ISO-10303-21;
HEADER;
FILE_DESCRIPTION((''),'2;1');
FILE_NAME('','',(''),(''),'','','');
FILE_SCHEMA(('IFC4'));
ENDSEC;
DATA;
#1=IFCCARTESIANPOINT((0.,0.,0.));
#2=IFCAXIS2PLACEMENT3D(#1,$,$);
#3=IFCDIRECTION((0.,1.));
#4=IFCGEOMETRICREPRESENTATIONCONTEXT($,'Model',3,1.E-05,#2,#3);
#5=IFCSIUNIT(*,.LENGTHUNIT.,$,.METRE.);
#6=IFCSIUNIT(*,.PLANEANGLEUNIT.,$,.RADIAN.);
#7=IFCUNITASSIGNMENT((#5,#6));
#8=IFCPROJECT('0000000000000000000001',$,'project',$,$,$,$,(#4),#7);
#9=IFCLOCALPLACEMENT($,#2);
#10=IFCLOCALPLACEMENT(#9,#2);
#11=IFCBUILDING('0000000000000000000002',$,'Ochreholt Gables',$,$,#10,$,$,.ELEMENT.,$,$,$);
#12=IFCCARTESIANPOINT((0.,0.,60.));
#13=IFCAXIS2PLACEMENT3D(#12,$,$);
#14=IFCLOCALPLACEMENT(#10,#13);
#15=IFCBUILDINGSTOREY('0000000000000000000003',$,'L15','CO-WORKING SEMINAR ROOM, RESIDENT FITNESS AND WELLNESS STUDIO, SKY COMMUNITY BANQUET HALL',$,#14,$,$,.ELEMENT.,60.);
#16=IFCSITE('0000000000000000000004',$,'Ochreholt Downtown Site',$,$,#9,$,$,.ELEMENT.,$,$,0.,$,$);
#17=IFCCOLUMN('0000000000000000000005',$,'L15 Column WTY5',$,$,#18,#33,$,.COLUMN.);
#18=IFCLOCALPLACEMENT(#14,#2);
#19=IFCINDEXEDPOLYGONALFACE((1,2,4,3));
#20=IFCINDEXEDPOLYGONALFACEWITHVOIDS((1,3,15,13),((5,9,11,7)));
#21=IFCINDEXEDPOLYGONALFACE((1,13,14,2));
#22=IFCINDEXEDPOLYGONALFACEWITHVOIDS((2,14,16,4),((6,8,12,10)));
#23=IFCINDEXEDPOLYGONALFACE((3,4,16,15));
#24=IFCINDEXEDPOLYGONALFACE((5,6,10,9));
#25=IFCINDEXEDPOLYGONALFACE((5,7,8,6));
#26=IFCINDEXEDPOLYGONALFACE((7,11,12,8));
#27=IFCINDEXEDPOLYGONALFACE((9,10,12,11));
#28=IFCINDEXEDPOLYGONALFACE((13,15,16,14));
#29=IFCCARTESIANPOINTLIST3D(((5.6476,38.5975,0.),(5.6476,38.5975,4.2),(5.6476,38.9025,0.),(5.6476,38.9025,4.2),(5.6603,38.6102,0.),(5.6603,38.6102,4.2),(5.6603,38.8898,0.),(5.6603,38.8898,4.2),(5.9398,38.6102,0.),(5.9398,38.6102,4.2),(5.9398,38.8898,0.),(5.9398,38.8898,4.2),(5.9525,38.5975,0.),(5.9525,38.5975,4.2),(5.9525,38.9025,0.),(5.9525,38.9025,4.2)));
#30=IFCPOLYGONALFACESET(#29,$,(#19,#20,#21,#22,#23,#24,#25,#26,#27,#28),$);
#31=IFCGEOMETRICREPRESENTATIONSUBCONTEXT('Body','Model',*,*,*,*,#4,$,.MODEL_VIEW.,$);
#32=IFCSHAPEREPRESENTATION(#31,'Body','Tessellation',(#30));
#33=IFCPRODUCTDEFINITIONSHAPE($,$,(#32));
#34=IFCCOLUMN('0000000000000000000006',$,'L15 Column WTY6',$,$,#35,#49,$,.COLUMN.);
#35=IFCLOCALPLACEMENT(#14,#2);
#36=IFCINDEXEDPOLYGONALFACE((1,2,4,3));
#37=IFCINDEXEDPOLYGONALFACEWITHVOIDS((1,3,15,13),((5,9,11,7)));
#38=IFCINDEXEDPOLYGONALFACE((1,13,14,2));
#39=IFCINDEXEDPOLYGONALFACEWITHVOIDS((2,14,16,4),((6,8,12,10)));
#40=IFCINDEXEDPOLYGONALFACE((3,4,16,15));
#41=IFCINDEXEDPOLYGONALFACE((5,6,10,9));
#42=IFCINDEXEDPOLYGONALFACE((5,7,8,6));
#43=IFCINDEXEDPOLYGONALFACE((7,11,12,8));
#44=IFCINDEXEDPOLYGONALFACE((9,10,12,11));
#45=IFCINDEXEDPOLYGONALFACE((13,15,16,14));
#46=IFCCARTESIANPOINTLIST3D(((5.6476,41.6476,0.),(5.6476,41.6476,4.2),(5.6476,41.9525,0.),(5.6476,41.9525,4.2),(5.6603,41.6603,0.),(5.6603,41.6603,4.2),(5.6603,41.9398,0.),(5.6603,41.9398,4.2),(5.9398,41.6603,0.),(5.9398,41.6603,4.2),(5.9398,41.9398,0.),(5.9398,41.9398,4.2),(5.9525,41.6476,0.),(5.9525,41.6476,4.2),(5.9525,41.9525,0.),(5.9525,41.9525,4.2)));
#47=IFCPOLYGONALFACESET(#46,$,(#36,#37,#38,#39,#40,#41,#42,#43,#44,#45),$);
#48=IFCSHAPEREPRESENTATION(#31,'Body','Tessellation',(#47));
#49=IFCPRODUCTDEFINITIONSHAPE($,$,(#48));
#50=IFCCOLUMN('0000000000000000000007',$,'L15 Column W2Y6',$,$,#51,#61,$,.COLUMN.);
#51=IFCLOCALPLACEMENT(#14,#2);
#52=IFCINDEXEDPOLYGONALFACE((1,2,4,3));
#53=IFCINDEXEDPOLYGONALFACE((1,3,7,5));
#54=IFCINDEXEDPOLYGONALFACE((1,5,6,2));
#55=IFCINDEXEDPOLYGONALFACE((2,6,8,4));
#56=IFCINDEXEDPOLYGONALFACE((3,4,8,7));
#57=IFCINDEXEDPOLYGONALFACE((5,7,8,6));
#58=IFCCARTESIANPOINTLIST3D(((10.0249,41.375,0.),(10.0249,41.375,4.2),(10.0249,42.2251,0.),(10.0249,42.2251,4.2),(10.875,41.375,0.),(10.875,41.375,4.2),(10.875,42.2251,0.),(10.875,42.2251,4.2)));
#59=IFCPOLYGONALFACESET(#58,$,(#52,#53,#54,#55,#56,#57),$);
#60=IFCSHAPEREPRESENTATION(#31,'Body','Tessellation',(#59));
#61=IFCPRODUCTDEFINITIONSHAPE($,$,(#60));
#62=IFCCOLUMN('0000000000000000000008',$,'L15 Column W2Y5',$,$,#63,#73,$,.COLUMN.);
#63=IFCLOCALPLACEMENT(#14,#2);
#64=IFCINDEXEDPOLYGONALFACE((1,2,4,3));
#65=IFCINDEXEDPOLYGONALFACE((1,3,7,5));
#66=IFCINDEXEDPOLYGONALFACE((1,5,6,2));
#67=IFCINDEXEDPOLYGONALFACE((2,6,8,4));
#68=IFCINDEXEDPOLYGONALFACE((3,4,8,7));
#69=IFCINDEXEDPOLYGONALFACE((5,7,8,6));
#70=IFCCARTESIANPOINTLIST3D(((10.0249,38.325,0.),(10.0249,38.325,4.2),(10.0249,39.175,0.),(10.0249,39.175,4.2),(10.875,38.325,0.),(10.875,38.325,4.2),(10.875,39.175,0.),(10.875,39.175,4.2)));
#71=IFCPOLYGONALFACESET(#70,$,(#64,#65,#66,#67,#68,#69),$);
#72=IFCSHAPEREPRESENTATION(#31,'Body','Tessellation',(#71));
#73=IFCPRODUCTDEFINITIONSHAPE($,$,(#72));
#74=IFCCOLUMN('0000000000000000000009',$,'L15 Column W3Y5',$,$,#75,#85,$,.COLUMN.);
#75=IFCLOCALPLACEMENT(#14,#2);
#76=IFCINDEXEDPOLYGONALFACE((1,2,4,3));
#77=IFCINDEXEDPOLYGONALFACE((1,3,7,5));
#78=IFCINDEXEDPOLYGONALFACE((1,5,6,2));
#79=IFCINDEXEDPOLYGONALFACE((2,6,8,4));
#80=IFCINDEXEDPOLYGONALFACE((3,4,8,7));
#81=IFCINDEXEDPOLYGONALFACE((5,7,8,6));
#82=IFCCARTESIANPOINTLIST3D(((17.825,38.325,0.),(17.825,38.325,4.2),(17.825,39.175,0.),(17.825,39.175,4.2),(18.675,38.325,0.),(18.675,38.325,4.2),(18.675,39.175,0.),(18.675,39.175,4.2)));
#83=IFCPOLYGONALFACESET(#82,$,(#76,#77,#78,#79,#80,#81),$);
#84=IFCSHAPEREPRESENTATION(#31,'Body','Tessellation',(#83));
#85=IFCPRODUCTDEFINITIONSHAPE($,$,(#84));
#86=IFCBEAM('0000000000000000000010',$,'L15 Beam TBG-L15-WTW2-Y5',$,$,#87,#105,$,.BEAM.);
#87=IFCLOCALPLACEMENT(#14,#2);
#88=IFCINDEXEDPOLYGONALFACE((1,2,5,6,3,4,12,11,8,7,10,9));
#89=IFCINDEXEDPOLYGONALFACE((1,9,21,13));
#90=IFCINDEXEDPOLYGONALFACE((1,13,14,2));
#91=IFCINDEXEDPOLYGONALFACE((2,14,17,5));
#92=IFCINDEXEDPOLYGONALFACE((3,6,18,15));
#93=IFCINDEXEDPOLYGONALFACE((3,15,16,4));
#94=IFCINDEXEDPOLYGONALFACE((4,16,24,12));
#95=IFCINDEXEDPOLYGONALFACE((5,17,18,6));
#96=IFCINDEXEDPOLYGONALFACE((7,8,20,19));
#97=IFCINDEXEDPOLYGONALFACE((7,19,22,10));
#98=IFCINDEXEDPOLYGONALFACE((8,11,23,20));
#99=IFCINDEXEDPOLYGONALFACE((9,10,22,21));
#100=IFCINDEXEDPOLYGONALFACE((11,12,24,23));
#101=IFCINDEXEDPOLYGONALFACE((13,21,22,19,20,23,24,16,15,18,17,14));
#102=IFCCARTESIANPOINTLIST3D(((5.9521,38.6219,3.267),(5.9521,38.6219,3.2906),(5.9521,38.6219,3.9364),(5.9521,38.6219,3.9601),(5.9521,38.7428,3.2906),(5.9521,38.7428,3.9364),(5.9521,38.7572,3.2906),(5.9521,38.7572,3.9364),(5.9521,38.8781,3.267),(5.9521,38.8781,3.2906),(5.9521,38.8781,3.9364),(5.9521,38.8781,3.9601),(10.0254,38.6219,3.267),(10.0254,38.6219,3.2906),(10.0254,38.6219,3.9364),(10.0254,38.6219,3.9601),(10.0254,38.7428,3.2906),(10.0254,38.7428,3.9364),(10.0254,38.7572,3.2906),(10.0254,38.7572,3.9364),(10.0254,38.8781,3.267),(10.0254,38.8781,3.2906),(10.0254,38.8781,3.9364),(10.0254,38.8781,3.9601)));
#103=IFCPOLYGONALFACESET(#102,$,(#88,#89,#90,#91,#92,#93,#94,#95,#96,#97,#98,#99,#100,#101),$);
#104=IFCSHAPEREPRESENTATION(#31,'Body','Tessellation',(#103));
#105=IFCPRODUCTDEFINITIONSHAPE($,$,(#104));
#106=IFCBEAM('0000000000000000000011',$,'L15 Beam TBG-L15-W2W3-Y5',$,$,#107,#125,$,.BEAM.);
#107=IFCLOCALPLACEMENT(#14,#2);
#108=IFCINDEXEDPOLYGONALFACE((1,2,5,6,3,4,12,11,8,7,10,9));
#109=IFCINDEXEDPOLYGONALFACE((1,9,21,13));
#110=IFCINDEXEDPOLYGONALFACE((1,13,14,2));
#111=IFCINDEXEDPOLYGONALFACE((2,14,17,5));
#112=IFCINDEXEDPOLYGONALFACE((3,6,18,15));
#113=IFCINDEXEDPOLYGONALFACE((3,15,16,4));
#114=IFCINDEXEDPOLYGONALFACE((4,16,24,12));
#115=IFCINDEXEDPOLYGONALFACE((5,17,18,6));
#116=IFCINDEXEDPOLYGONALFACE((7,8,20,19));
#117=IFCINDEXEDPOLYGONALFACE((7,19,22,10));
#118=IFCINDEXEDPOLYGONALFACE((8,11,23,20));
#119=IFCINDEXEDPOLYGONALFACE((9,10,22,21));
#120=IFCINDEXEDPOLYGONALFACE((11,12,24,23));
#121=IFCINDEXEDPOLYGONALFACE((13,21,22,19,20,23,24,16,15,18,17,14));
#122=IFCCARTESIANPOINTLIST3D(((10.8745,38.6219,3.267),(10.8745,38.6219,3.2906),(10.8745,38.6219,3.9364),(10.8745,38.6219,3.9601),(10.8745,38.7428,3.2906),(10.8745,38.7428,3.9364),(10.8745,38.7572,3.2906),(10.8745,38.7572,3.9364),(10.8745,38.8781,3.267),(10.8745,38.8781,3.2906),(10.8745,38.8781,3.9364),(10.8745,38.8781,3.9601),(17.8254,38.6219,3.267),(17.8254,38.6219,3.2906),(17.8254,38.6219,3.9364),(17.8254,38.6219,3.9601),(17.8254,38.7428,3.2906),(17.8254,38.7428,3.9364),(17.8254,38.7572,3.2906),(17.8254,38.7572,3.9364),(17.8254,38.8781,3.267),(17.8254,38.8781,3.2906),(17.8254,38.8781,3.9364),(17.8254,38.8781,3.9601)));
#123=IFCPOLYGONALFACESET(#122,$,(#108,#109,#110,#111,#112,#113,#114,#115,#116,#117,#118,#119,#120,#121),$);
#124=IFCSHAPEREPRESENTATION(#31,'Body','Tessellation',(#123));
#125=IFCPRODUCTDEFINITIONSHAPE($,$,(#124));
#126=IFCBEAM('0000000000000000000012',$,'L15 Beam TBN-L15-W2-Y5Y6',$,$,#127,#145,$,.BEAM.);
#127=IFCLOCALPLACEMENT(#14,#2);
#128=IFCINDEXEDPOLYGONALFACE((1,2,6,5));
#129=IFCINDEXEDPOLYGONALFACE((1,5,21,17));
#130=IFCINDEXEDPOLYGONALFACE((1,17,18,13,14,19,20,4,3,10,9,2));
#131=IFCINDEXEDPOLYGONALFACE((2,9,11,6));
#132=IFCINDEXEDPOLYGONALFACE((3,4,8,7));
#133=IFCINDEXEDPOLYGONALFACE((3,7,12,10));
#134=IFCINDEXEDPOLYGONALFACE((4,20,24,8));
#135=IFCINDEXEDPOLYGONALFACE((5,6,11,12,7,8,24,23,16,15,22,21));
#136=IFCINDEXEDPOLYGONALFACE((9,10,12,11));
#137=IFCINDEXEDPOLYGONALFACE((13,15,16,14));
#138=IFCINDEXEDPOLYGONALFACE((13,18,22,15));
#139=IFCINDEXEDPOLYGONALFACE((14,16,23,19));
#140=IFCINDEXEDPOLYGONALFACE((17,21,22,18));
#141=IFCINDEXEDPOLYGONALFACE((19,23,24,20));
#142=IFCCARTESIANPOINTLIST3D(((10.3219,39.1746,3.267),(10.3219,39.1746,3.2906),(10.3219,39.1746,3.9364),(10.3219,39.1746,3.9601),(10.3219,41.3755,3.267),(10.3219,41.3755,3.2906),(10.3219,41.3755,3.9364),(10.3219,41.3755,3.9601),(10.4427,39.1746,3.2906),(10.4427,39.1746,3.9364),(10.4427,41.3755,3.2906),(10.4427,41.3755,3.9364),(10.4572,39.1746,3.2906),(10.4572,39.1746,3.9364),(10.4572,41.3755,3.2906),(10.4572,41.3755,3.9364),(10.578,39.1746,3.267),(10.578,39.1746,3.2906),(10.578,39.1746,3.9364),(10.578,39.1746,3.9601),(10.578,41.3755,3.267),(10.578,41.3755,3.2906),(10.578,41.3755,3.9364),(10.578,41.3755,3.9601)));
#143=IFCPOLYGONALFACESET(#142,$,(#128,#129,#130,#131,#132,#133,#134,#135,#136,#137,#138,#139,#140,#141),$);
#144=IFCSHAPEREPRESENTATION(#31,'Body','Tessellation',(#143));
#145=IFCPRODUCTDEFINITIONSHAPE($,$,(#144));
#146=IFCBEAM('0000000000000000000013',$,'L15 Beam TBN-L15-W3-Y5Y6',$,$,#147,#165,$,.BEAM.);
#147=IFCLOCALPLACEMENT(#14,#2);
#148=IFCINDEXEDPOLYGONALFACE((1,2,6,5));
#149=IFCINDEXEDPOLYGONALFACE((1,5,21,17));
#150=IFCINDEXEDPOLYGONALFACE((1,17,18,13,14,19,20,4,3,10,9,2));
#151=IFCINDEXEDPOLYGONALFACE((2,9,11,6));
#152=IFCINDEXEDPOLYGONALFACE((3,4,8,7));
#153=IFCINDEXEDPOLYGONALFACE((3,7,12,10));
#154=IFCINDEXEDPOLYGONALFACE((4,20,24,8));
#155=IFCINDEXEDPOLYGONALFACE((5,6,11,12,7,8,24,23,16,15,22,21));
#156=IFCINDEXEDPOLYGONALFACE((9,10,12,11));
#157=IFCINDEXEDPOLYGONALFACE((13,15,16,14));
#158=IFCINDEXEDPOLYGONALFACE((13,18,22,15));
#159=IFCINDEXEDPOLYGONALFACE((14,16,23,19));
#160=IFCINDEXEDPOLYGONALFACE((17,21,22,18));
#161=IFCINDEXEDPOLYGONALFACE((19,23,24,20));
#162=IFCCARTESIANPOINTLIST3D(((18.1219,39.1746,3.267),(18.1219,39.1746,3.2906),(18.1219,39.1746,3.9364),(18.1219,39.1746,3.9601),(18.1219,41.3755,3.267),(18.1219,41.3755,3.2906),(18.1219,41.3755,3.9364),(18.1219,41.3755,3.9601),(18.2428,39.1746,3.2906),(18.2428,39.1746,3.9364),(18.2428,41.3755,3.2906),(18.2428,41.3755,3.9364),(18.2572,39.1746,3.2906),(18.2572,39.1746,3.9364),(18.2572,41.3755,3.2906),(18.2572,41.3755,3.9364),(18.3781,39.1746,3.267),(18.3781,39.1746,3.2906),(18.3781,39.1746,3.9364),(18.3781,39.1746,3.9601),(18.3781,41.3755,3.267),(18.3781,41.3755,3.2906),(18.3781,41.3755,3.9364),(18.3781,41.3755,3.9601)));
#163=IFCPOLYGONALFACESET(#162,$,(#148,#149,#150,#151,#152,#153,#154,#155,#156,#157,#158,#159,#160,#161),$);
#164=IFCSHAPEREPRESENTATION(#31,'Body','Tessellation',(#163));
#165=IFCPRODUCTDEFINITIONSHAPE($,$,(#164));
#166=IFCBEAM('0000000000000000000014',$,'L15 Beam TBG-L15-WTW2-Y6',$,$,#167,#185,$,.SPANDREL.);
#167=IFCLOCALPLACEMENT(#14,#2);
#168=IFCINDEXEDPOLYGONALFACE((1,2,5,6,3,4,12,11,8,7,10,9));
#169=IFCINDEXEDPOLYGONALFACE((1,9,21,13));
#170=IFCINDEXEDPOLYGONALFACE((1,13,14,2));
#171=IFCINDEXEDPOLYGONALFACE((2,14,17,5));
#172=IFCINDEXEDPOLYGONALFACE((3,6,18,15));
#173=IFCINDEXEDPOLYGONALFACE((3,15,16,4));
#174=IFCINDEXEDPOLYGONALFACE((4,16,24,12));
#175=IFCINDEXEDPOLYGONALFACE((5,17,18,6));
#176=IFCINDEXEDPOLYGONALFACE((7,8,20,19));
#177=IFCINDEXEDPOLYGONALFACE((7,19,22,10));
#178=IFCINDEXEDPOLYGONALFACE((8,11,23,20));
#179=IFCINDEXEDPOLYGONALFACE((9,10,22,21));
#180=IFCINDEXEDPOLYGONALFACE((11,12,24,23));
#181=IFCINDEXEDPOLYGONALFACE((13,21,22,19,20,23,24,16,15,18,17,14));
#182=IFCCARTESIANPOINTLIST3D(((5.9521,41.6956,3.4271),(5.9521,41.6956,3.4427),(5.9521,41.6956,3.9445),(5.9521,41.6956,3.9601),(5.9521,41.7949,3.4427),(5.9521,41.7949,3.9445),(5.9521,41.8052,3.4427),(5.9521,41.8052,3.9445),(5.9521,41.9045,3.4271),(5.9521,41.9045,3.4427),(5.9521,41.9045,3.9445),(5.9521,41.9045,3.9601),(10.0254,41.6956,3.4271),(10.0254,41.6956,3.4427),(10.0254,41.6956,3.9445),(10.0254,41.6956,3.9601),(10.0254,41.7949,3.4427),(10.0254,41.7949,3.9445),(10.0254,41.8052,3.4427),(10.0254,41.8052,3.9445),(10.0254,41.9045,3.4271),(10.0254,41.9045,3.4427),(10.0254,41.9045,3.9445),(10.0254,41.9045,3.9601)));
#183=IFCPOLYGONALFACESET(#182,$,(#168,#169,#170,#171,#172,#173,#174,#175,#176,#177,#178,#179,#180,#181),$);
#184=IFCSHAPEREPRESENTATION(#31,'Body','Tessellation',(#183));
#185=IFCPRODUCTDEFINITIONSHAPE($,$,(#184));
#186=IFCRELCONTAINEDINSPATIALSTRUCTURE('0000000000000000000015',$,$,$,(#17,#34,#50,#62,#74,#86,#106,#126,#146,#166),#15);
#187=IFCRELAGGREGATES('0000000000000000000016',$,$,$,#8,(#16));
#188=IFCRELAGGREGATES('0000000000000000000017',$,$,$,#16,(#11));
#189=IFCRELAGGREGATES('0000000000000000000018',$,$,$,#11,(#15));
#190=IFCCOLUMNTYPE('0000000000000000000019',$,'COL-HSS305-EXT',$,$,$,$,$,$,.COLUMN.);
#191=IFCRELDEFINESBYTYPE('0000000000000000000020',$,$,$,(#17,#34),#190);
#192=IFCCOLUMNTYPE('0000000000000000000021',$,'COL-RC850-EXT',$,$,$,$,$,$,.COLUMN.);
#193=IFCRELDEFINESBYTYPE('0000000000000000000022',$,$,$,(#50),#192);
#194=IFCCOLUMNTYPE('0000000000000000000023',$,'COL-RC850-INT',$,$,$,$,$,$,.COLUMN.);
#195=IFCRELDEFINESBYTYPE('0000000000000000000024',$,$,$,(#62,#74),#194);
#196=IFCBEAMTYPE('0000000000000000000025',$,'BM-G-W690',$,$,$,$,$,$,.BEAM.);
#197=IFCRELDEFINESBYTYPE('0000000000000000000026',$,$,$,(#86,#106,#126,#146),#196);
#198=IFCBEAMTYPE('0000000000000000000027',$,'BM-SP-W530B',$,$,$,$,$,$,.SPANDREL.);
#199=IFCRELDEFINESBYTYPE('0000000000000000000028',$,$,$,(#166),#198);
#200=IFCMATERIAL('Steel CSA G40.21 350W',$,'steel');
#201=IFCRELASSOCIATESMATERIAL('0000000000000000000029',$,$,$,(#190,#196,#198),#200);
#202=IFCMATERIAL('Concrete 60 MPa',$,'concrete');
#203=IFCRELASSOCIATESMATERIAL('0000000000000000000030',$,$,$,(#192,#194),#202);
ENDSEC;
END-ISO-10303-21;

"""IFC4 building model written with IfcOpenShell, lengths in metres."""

from ifc_helpers import new_model, si_unit, direction, frame, origin, origin_2d, place, context, subcontext, project, spatial, rectangle, hollow_rectangle, i_section, extrude, material, material_profile, profile_set, type_object, element, save


model = new_model("IFC4")

# Units and contexts
model_context = context("Model", 3, precision=1e-05, world=origin(), true_north=direction((0.0, 1.0)))
body_context = subcontext(model_context, "Body", "Model", "MODEL_VIEW")
ifc_project = project(units=[si_unit("LENGTHUNIT", "METRE"), si_unit("PLANEANGLEUNIT", "RADIAN")], contexts=[model_context])

# Site, building, storey
site_placement = place(None, origin())
site = spatial("IfcSite", under=ifc_project, at=site_placement, Name="Ochreholt Downtown Site", CompositionType="ELEMENT", RefElevation=0.0)
building_placement = place(site_placement, origin())
building = spatial("IfcBuilding", under=site, at=building_placement, Name="Ochreholt Gables", CompositionType="ELEMENT")
storey_placement = place(building_placement, frame((0.0, 0.0, 60.0)))
storey = spatial("IfcBuildingStorey", under=building, at=storey_placement, Name="L15", Description="CO-WORKING SEMINAR ROOM, RESIDENT FITNESS AND WELLNESS STUDIO, SKY COMMUNITY BANQUET HALL", CompositionType="ELEMENT", Elevation=60.0)

# Columns
ifc_material_1 = material(Name="Steel CSA G40.21 350W", Category="steel")
ifc_material_profile_1 = material_profile(ifc_material_1, hollow_rectangle(XDim=0.3049, YDim=0.3049, WallThickness=0.0127, at=origin_2d()), Name="HSS305X305X13")
ifc_profile_set_1 = profile_set([ifc_material_profile_1], Name="Steel CSA G40.21 350W")
column_type_1 = type_object("IfcColumnType", Name="COL-HSS305-EXT", PredefinedType="COLUMN", material=ifc_profile_set_1)
for number, where, z_axis, x_axis, name in (
    (1, (5.8, 38.75, 0.0), (0.0, 0.0, 1.0), (1.0, 0.0, 0.0), "L15 Column WTY5"),
    (2, (5.8, 41.8, 0.0), (0.0, 0.0, 1.0), (1.0, 0.0, 0.0), "L15 Column WTY6"),
):
    element("IfcColumn", number, at=place(storey_placement, frame(where, z_axis=z_axis, x_axis=x_axis)), inside=storey, type_object=column_type_1, Name=name, PredefinedType="COLUMN", context=body_context, shape_type="SweptSolid", body=[
        extrude(hollow_rectangle(XDim=0.3049, YDim=0.3049, WallThickness=0.0127, at=origin_2d()), origin(), (0.0, 0.0, 1.0), 4.2),
    ])
ifc_material_2 = material(Name="Concrete 60 MPa", Category="concrete")
ifc_material_profile_2 = material_profile(ifc_material_2, rectangle(XDim=0.8501, YDim=0.8501, at=origin_2d()), Name="RC850X850")
ifc_profile_set_2 = profile_set([ifc_material_profile_2], Name="Concrete 60 MPa")
column_type_2 = type_object("IfcColumnType", Name="COL-RC850-EXT", PredefinedType="COLUMN", material=ifc_profile_set_2)
column_placement = place(storey_placement, frame((10.45, 41.8, 0.0), z_axis=(0.0, 0.0, 1.0), x_axis=(1.0, 0.0, 0.0)))
element("IfcColumn", 3, at=column_placement, inside=storey, type_object=column_type_2, Name="L15 Column W2Y6", PredefinedType="COLUMN", context=body_context, shape_type="SweptSolid", body=[
    extrude(rectangle(XDim=0.8501, YDim=0.8501, at=origin_2d()), origin(), (0.0, 0.0, 1.0), 4.2),
])
ifc_material_profile_3 = material_profile(ifc_material_2, rectangle(XDim=0.8501, YDim=0.8501, at=origin_2d()), Name="RC850X850")
ifc_profile_set_3 = profile_set([ifc_material_profile_3], Name="Concrete 60 MPa")
column_type_3 = type_object("IfcColumnType", Name="COL-RC850-INT", PredefinedType="COLUMN", material=ifc_profile_set_3)
for number, where, z_axis, x_axis, name in (
    (4, (10.45, 38.75, 0.0), (0.0, 0.0, 1.0), (1.0, 0.0, 0.0), "L15 Column W2Y5"),
    (5, (18.25, 38.75, 0.0), (0.0, 0.0, 1.0), (1.0, 0.0, 0.0), "L15 Column W3Y5"),
):
    element("IfcColumn", number, at=place(storey_placement, frame(where, z_axis=z_axis, x_axis=x_axis)), inside=storey, type_object=column_type_3, Name=name, PredefinedType="COLUMN", context=body_context, shape_type="SweptSolid", body=[
        extrude(rectangle(XDim=0.8501, YDim=0.8501, at=origin_2d()), origin(), (0.0, 0.0, 1.0), 4.2),
    ])

# Beams
ifc_material_profile_4 = material_profile(ifc_material_1, i_section(OverallWidth=0.2561, OverallDepth=0.6931, WebThickness=0.0144, FlangeThickness=0.0237, at=origin_2d()), Name="W690X170")
ifc_profile_set_4 = profile_set([ifc_material_profile_4], Name="Steel CSA G40.21 350W")
beam_type_1 = type_object("IfcBeamType", Name="BM-G-W690", PredefinedType="BEAM", material=ifc_profile_set_4)
beam_1_placement = place(storey_placement, frame((5.9521, 38.75, 3.6135), z_axis=(1.0, 0.0, 0.0), x_axis=(0.0, 1.0, 0.0)))
element("IfcBeam", 6, at=beam_1_placement, inside=storey, type_object=beam_type_1, Name="L15 Beam TBG-L15-WTW2-Y5", PredefinedType="BEAM", context=body_context, shape_type="SweptSolid", body=[
    extrude(i_section(OverallWidth=0.2561, OverallDepth=0.6931, WebThickness=0.0144, FlangeThickness=0.0237, at=origin_2d()), origin(), (0.0, 0.0, 1.0), 4.0732),
])
beam_2_placement = place(storey_placement, frame((10.8745, 38.75, 3.6135), z_axis=(1.0, 0.0, 0.0), x_axis=(0.0, 1.0, 0.0)))
element("IfcBeam", 7, at=beam_2_placement, inside=storey, type_object=beam_type_1, Name="L15 Beam TBG-L15-W2W3-Y5", PredefinedType="BEAM", context=body_context, shape_type="SweptSolid", body=[
    extrude(i_section(OverallWidth=0.2561, OverallDepth=0.6931, WebThickness=0.0144, FlangeThickness=0.0237, at=origin_2d()), origin(), (0.0, 0.0, 1.0), 6.9509),
])
for number, where, z_axis, x_axis, name in (
    (8, (10.45, 39.1746, 3.6135), (0.0, 1.0, 0.0), (-1.0, 0.0, 0.0), "L15 Beam TBN-L15-W2-Y5Y6"),
    (9, (18.25, 39.1746, 3.6135), (0.0, 1.0, 0.0), (-1.0, 0.0, 0.0), "L15 Beam TBN-L15-W3-Y5Y6"),
):
    element("IfcBeam", number, at=place(storey_placement, frame(where, z_axis=z_axis, x_axis=x_axis)), inside=storey, type_object=beam_type_1, Name=name, PredefinedType="BEAM", context=body_context, shape_type="SweptSolid", body=[
        extrude(i_section(OverallWidth=0.2561, OverallDepth=0.6931, WebThickness=0.0144, FlangeThickness=0.0237, at=origin_2d()), origin(), (0.0, 0.0, 1.0), 2.2009),
    ])
ifc_material_profile_5 = material_profile(ifc_material_1, i_section(OverallWidth=0.209, OverallDepth=0.533, WebThickness=0.0103, FlangeThickness=0.0156, at=origin_2d()), Name="W530X92")
ifc_profile_set_5 = profile_set([ifc_material_profile_5], Name="Steel CSA G40.21 350W")
beam_type_2 = type_object("IfcBeamType", Name="BM-SP-W530B", PredefinedType="SPANDREL", material=ifc_profile_set_5)
beam_3_placement = place(storey_placement, frame((5.9521, 41.8, 3.6936), z_axis=(1.0, 0.0, 0.0), x_axis=(0.0, 1.0, 0.0)))
element("IfcBeam", 10, at=beam_3_placement, inside=storey, type_object=beam_type_2, Name="L15 Beam TBG-L15-WTW2-Y6", PredefinedType="SPANDREL", context=body_context, shape_type="SweptSolid", body=[
    extrude(i_section(OverallWidth=0.209, OverallDepth=0.533, WebThickness=0.0103, FlangeThickness=0.0156, at=origin_2d()), origin(), (0.0, 0.0, 1.0), 4.0732),
])

save(model, "model.ifc")
